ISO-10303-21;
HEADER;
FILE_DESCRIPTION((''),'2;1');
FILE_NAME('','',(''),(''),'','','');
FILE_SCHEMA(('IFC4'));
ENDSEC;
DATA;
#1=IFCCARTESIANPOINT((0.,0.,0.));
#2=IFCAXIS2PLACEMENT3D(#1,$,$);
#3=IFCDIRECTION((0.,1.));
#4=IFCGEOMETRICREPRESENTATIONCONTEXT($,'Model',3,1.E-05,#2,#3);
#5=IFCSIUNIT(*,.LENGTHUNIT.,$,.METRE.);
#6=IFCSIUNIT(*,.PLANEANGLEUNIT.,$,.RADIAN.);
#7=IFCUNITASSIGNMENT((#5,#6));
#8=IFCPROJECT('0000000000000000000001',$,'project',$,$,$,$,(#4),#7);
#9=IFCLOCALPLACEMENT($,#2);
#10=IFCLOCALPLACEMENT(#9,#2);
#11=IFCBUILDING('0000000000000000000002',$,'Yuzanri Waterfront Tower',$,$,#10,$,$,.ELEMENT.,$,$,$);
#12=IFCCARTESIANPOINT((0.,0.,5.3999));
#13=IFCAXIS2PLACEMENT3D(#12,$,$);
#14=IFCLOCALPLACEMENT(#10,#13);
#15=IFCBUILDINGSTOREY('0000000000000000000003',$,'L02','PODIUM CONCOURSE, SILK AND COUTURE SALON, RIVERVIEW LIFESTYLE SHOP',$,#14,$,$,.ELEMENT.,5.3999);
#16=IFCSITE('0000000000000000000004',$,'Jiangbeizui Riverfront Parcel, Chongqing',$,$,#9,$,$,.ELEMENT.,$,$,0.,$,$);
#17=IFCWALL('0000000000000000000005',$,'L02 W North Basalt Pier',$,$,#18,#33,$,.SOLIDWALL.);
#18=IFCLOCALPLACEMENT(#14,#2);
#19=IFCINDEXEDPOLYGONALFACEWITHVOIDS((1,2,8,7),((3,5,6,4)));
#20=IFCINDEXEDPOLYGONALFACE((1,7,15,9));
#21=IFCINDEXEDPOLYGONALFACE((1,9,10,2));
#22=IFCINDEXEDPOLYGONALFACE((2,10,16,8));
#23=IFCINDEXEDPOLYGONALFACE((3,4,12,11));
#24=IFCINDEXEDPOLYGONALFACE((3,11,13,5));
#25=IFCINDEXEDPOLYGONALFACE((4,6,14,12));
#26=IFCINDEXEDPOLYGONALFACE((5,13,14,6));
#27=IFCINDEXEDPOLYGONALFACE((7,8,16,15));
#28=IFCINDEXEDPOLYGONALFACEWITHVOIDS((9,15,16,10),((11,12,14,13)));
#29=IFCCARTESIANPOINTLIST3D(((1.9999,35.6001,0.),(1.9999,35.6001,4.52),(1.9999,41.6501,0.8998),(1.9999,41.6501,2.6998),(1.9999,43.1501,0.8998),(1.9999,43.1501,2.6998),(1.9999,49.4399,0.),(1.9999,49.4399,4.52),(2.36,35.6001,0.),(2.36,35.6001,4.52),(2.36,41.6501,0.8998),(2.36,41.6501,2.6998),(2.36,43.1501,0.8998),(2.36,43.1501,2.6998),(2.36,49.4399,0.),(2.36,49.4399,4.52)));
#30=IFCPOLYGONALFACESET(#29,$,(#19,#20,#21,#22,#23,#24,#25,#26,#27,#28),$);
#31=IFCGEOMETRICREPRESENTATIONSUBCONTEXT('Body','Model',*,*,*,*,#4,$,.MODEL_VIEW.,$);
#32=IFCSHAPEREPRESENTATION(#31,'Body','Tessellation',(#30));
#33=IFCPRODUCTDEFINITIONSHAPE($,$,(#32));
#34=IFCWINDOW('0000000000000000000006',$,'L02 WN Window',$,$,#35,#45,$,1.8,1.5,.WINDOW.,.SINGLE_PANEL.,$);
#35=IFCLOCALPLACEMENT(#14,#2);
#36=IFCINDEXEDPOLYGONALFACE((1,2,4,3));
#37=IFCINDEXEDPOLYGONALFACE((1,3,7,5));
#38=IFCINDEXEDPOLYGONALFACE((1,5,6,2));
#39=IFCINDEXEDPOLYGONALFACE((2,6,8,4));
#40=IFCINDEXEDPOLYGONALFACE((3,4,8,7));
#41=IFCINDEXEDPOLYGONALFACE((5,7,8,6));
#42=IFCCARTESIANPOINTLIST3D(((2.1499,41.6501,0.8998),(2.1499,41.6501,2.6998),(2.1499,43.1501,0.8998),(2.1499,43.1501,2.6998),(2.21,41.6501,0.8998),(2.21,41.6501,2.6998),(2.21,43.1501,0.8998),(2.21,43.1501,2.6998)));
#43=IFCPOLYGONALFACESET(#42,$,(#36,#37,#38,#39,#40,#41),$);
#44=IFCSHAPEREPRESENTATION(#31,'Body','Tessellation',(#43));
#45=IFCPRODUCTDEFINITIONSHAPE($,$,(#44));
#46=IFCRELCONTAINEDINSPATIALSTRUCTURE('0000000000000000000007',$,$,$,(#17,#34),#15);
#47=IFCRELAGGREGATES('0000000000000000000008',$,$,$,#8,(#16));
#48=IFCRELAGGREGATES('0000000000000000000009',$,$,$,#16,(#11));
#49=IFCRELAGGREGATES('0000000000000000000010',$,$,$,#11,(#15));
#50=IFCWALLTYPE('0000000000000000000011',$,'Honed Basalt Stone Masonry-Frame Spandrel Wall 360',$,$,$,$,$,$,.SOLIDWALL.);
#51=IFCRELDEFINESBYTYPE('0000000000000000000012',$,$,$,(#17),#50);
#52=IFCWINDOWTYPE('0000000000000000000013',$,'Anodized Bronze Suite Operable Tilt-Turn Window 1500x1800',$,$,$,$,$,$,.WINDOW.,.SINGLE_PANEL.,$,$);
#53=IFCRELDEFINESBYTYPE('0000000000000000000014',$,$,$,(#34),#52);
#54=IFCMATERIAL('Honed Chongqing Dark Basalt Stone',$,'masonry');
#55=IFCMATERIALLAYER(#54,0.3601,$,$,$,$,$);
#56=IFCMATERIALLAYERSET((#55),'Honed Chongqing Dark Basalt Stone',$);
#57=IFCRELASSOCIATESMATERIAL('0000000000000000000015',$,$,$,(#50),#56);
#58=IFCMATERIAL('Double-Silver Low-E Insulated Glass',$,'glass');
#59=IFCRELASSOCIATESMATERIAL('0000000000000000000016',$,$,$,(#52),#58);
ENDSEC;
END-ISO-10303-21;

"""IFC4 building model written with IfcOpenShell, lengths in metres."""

from ifc_helpers import new_model, si_unit, direction, frame, frame_2d, origin, place, context, subcontext, project, spatial, rectangle, extrude, source, transform, mapped, material, layer, layer_set, type_object, element, fill, save


model = new_model("IFC4")

# Units and contexts
model_context = context("Model", 3, precision=1e-05, world=origin(), true_north=direction((0.0, 1.0)))
body_context = subcontext(model_context, "Body", "Model", "MODEL_VIEW")
ifc_project = project(units=[si_unit("LENGTHUNIT", "METRE"), si_unit("PLANEANGLEUNIT", "RADIAN")], contexts=[model_context])

# Site, building, storey
site_placement = place(None, origin())
site = spatial("IfcSite", under=ifc_project, at=site_placement, Name="Jiangbeizui Riverfront Parcel, Chongqing", CompositionType="ELEMENT", RefElevation=0.0)
building_placement = place(site_placement, origin())
building = spatial("IfcBuilding", under=site, at=building_placement, Name="Yuzanri Waterfront Tower", CompositionType="ELEMENT")
storey_placement = place(building_placement, frame((0.0, 0.0, 5.3999)))
storey = spatial("IfcBuildingStorey", under=building, at=storey_placement, Name="L02", Description="PODIUM CONCOURSE, SILK AND COUTURE SALON, RIVERVIEW LIFESTYLE SHOP", CompositionType="ELEMENT", Elevation=5.3999)

# Wall, opening, window
ifc_material_1 = material(Name="Honed Chongqing Dark Basalt Stone", Category="masonry")
ifc_layer_1 = layer(ifc_material_1, 0.3601)
ifc_layer_set_1 = layer_set([ifc_layer_1], Name="Honed Chongqing Dark Basalt Stone")
wall_type_1 = type_object("IfcWallType", Name="Honed Basalt Stone Masonry-Frame Spandrel Wall 360", PredefinedType="SOLIDWALL", material=ifc_layer_set_1)
wall_1_placement = place(storey_placement, frame((2.1799, 35.6001, 0.0), z_axis=(0.0, 0.0, 1.0), x_axis=(0.0, 1.0, 0.0)))
wall_1 = element("IfcWall", 1, at=wall_1_placement, inside=storey, type_object=wall_type_1, Name="L02 W North Basalt Pier", PredefinedType="SOLIDWALL", context=body_context, shape_type="SweptSolid", body=[
    extrude(rectangle(XDim=13.8398, YDim=0.3601, at=frame_2d((6.9199, 0.0))), origin(), (0.0, 0.0, 1.0), 4.52),
])
opening_1_placement = place(wall_1_placement, frame((6.05, 0.0, 0.8999)))
opening_1 = element("IfcOpeningElement", 2, at=opening_1_placement, cuts=wall_1, PredefinedType="OPENING", context=body_context, shape_type="SweptSolid", body=[
    extrude(rectangle(XDim=1.5, YDim=1.8, at=frame_2d((0.75, 0.8999))), frame((0.0, 0.1948, 0.0), z_axis=(0.0, -1.0, 0.0), x_axis=(1.0, 0.0, 0.0)), (0.0, 0.0, 1.0), 0.3899),
])
ifc_material_2 = material(Name="Double-Silver Low-E Insulated Glass", Category="glass")
window_type_1 = type_object("IfcWindowType", Name="Anodized Bronze Suite Operable Tilt-Turn Window 1500x1800", PartitioningType="SINGLE_PANEL", PredefinedType="WINDOW", material=ifc_material_2)
shared_shape_1 = source(origin(), body_context, "Body", "SweptSolid", [
    extrude(rectangle(XDim=1.5, YDim=1.8, at=frame_2d((0.75, 0.8999))), frame((0.0, 0.03, 0.0), z_axis=(0.0, -1.0, 0.0), x_axis=(1.0, 0.0, 0.0)), (0.0, 0.0, 1.0), 0.0601),
])
window_1_placement = place(opening_1_placement, origin())
window_1 = element("IfcWindow", 3, at=window_1_placement, inside=storey, type_object=window_type_1, Name="L02 WN Window", OverallHeight=1.8, OverallWidth=1.5, PartitioningType="SINGLE_PANEL", PredefinedType="WINDOW", context=body_context, shape_type="MappedRepresentation", body=[
    mapped(shared_shape_1, transform((0.0, 0.0, 0.0), scale=1.0)),
])
fill(opening_1, window_1)

save(model, "model.ifc")
